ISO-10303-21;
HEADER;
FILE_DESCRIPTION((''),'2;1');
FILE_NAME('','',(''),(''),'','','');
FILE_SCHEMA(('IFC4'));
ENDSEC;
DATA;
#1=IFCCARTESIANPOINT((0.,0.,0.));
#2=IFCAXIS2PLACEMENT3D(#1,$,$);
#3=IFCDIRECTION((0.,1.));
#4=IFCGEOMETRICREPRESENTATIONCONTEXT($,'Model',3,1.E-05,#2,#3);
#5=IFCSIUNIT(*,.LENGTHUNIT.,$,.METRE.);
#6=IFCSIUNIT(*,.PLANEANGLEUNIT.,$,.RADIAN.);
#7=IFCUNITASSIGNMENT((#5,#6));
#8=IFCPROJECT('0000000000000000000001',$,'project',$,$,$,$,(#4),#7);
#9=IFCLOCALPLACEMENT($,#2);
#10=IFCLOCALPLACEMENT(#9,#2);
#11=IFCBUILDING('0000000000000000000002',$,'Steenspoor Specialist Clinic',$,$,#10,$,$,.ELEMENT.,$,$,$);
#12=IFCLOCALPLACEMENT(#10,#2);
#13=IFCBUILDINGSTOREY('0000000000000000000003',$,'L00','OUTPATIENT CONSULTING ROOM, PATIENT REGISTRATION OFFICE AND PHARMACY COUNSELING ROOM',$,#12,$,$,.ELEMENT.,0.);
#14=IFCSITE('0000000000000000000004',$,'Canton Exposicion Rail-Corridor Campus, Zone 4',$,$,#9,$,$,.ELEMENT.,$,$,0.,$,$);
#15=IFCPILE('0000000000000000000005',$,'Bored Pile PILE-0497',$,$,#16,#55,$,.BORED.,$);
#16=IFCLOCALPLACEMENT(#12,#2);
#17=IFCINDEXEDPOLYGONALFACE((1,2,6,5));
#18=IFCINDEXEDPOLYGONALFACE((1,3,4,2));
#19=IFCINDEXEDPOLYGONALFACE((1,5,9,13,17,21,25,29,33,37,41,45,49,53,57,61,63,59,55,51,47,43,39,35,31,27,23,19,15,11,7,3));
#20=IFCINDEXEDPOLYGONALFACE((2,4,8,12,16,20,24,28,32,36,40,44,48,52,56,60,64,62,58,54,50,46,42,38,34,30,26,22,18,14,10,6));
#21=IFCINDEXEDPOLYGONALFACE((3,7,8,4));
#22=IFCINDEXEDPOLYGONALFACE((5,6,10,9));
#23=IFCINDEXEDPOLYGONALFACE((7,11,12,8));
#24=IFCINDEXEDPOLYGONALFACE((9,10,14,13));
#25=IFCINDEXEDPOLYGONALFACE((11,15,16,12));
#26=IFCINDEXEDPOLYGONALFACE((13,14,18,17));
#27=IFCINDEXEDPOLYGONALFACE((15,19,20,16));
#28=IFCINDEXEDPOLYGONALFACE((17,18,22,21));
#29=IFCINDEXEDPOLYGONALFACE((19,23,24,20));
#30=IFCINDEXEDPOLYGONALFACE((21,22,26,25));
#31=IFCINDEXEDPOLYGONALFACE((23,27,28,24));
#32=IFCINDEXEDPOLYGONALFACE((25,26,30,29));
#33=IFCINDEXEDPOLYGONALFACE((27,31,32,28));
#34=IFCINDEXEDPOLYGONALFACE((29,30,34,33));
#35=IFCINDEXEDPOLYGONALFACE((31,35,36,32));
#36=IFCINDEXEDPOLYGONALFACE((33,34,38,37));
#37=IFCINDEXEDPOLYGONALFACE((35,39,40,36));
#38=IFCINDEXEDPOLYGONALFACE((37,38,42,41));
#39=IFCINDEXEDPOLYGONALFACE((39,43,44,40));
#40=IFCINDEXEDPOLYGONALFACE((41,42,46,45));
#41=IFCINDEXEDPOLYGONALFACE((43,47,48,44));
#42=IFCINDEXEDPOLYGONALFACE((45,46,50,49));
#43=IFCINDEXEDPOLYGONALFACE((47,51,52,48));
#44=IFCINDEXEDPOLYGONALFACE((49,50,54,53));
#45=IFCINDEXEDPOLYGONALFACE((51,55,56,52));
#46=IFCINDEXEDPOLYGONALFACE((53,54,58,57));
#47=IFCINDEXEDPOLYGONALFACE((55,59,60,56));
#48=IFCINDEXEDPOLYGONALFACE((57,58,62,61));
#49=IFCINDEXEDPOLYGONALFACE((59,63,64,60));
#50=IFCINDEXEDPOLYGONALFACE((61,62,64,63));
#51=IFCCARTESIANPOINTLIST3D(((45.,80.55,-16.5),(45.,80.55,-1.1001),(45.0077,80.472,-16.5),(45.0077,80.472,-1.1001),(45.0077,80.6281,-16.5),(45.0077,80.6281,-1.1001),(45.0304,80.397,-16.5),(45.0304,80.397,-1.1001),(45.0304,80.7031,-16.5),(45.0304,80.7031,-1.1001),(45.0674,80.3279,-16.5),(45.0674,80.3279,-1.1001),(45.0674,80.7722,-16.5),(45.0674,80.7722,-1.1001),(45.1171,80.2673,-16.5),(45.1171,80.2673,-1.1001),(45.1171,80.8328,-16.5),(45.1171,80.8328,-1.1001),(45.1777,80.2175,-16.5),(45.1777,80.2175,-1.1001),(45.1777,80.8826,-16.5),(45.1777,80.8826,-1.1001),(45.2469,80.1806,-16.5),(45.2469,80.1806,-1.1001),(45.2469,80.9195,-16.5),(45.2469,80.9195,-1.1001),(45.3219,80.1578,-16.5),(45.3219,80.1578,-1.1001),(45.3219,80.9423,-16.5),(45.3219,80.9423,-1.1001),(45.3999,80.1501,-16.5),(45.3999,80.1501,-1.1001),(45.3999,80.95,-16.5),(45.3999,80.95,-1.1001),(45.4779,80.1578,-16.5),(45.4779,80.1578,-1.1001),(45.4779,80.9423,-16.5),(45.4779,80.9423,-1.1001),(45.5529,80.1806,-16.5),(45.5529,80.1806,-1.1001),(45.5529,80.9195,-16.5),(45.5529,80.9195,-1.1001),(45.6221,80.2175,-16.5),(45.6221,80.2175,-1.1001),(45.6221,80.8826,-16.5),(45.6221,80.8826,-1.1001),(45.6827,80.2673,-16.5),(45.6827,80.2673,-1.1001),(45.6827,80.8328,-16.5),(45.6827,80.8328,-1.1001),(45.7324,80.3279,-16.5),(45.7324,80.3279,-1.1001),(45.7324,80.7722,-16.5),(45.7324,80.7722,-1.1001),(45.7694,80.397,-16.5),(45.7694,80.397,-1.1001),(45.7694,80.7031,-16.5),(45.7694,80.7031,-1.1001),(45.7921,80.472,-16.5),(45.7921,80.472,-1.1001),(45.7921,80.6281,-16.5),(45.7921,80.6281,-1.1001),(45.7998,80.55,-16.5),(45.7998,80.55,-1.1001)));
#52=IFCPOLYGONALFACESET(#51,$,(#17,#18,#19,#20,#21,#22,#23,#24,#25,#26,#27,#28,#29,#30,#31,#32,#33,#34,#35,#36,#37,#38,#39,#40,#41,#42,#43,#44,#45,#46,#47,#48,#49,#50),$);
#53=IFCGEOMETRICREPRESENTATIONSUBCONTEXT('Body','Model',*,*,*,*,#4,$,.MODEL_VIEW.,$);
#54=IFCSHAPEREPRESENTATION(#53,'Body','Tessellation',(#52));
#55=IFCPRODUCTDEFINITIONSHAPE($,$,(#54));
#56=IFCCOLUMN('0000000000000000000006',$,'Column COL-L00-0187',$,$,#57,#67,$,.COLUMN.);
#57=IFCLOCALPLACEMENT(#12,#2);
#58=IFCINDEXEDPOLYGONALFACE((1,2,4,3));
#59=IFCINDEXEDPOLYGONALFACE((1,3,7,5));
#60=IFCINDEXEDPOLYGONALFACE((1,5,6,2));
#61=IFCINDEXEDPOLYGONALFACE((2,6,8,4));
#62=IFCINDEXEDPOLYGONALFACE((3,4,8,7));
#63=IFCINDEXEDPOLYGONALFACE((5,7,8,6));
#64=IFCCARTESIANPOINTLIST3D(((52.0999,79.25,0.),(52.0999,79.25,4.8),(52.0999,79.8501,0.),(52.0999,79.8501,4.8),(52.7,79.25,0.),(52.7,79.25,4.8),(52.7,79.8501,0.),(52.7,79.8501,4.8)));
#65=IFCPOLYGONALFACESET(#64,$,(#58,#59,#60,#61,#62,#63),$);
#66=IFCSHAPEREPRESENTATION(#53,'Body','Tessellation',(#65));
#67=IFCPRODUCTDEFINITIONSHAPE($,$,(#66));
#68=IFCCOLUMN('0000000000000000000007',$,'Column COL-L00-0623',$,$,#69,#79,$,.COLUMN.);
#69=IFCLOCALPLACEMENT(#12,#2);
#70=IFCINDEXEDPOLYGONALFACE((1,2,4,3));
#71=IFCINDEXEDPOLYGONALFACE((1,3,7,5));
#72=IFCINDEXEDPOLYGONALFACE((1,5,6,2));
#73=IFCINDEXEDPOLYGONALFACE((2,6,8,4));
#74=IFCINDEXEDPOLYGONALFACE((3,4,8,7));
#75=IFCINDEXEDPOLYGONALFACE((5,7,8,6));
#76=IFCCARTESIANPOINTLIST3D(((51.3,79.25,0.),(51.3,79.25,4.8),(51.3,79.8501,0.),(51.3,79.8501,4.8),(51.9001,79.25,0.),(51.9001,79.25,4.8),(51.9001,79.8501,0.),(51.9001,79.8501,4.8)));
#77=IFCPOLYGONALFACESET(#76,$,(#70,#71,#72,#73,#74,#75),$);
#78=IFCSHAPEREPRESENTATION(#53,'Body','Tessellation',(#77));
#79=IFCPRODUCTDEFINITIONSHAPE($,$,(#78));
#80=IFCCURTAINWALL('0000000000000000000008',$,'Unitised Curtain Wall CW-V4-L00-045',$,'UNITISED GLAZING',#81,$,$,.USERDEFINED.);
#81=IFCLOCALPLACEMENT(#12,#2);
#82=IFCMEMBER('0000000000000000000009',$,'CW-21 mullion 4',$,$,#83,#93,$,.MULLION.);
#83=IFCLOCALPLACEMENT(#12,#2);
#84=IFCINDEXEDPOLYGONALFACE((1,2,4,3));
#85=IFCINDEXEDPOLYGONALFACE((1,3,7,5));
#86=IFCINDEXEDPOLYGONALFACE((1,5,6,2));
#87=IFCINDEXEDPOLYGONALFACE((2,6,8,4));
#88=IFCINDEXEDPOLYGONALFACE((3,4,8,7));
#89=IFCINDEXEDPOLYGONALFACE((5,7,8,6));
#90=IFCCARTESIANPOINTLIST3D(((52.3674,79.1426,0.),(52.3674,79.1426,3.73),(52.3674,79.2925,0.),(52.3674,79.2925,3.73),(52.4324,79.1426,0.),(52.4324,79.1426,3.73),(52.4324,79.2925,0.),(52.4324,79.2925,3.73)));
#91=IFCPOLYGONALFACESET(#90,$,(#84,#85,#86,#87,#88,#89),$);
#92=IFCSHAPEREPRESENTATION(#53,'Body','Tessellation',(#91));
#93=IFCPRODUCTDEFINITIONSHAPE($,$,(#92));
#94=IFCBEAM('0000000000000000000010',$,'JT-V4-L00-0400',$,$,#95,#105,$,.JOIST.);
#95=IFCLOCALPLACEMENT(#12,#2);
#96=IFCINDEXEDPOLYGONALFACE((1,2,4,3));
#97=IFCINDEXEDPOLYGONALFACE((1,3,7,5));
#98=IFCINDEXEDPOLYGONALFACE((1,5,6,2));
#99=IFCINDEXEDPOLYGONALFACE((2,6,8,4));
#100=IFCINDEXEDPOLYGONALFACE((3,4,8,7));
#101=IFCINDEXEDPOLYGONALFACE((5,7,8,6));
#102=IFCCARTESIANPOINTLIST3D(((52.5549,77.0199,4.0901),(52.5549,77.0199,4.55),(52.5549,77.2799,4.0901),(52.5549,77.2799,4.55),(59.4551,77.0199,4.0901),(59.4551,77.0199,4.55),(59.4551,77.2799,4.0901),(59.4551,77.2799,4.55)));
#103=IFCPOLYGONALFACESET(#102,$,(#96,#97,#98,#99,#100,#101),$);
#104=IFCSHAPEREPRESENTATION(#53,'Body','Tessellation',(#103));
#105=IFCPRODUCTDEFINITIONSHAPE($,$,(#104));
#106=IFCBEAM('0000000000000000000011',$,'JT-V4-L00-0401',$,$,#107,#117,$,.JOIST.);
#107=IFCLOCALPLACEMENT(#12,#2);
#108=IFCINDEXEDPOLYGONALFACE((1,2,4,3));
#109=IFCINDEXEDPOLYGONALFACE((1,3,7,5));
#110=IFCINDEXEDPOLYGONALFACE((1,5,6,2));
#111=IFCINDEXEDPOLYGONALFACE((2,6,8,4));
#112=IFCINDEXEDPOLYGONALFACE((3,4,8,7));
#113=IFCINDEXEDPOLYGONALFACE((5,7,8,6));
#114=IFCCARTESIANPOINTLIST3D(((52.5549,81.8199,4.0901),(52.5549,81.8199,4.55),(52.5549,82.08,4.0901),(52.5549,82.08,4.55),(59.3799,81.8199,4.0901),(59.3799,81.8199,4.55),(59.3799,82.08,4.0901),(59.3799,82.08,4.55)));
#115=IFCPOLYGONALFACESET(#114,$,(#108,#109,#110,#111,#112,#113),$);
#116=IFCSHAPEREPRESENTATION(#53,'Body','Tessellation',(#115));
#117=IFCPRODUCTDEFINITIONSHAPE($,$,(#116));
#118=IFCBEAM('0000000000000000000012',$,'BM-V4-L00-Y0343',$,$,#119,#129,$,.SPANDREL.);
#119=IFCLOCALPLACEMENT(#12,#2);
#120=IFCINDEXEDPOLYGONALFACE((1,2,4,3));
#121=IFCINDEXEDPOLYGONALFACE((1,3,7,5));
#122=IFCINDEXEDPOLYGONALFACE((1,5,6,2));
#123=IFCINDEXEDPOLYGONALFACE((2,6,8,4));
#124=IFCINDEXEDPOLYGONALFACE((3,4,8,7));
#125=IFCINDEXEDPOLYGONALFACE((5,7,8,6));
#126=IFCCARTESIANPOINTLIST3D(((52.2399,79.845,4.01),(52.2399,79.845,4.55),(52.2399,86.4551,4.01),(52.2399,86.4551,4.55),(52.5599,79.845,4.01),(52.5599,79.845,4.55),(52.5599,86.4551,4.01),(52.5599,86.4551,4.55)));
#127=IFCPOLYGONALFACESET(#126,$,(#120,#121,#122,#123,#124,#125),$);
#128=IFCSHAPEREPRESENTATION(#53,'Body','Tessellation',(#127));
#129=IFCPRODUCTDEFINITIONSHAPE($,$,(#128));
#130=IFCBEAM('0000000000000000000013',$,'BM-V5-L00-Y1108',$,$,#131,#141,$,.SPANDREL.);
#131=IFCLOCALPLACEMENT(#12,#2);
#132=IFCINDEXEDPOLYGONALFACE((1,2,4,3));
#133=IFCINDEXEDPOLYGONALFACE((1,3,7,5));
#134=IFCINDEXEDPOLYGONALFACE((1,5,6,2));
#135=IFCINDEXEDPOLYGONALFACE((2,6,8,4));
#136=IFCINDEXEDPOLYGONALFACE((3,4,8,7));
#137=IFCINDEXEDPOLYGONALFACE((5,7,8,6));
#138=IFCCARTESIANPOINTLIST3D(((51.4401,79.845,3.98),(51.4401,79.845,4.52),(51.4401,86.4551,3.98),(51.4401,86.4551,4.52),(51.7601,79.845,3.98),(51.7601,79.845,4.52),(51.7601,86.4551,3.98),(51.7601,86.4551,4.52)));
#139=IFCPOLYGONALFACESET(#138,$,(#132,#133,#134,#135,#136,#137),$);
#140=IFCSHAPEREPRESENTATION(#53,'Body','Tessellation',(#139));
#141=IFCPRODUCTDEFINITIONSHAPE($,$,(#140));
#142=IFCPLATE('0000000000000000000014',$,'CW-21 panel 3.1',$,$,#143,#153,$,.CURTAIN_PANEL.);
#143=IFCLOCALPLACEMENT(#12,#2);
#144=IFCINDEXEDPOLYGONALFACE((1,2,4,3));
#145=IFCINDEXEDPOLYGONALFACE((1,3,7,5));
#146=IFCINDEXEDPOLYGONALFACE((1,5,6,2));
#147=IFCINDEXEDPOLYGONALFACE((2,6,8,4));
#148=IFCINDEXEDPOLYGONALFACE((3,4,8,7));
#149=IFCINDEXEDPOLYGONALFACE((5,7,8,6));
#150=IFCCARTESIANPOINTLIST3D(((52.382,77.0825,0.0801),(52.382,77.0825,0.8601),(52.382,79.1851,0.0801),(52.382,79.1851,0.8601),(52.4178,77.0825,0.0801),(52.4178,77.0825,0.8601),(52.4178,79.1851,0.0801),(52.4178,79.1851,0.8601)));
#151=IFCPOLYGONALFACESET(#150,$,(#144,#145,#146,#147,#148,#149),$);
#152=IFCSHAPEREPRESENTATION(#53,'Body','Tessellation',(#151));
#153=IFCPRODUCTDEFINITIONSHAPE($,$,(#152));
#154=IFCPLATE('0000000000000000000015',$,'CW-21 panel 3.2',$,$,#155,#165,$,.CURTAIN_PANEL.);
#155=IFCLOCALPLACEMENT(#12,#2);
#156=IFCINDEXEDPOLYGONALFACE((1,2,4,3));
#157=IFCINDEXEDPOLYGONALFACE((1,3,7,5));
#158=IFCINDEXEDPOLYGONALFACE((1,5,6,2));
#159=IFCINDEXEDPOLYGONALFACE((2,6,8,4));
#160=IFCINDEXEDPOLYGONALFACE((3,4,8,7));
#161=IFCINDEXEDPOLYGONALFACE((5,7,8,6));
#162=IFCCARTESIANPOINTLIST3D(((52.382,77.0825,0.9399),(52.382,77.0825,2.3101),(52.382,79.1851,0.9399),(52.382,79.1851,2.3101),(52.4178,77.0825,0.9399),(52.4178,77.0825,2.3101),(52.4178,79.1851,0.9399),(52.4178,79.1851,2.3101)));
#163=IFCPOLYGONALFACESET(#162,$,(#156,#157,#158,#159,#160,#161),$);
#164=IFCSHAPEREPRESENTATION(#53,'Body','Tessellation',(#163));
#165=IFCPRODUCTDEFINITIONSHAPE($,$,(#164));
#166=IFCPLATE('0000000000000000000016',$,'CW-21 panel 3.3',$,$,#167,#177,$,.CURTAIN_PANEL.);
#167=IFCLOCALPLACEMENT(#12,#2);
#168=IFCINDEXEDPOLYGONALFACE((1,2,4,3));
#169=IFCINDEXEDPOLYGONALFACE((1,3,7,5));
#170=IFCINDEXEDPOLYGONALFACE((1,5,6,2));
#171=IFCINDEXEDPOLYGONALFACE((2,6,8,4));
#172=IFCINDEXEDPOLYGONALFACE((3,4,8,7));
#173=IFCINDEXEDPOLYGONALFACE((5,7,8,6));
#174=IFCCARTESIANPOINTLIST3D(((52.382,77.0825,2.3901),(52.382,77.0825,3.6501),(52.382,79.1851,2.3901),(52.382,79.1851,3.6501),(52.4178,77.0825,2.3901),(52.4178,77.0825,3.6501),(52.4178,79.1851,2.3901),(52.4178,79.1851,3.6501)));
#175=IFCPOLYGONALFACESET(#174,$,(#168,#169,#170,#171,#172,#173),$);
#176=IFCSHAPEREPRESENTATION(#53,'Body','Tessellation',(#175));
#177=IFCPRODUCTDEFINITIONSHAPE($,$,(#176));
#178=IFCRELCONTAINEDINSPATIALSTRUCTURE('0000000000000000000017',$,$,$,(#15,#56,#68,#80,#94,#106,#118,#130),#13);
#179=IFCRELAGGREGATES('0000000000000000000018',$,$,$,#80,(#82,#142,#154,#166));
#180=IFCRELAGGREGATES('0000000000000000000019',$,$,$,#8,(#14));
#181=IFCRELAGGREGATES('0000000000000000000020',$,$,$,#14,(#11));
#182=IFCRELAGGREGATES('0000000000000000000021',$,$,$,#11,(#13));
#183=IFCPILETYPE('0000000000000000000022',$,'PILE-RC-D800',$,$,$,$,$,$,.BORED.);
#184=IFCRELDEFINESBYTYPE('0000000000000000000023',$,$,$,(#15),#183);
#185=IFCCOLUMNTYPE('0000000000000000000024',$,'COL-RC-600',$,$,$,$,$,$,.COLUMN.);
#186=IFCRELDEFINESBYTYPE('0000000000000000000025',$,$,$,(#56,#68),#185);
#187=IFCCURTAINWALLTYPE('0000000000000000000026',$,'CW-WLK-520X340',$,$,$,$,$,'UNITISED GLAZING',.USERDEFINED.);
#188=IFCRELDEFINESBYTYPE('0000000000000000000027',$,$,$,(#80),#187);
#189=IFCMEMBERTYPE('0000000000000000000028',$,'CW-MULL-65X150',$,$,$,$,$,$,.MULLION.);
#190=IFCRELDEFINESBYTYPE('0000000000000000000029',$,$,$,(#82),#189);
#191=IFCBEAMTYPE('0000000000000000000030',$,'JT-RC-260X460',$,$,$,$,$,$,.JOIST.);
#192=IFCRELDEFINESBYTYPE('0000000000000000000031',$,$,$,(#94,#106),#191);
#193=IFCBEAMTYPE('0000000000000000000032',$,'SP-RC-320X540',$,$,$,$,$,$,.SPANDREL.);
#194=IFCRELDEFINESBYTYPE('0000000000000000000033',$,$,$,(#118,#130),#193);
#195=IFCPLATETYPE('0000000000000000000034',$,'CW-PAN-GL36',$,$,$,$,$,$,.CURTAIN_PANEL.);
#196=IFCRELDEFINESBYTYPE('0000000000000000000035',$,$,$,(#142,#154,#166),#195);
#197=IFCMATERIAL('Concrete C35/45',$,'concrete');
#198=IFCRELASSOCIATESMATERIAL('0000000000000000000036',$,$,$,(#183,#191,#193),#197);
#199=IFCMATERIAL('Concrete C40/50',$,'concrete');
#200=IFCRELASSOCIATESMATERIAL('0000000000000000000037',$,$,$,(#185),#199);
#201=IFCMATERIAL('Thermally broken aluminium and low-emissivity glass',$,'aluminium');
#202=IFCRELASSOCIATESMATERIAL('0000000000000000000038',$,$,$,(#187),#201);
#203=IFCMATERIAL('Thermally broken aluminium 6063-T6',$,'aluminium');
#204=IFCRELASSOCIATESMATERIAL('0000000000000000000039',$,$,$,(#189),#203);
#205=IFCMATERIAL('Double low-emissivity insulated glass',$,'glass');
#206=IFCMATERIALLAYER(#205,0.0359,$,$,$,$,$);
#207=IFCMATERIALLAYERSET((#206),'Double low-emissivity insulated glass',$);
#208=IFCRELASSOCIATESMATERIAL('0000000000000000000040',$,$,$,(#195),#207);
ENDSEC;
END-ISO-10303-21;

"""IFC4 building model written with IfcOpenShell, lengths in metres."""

from ifc_helpers import new_model, si_unit, direction, frame, origin, origin_2d, place, context, subcontext, project, spatial, rectangle, circle, extrude, material, layer, layer_set, material_profile, profile_set, type_object, element, aggregate, save


model = new_model("IFC4")

# Units and contexts
model_context = context("Model", 3, precision=1e-05, world=origin(), true_north=direction((0.0, 1.0)))
body_context = subcontext(model_context, "Body", "Model", "MODEL_VIEW")
ifc_project = project(units=[si_unit("LENGTHUNIT", "METRE"), si_unit("PLANEANGLEUNIT", "RADIAN")], contexts=[model_context])

# Site, building, storey
site_placement = place(None, origin())
site = spatial("IfcSite", under=ifc_project, at=site_placement, Name="Canton Exposicion Rail-Corridor Campus, Zone 4", CompositionType="ELEMENT", RefElevation=0.0)
building_placement = place(site_placement, origin())
building = spatial("IfcBuilding", under=site, at=building_placement, Name="Steenspoor Specialist Clinic", CompositionType="ELEMENT")
storey_placement = place(building_placement, origin())
storey = spatial("IfcBuildingStorey", under=building, at=storey_placement, Name="L00", Description="OUTPATIENT CONSULTING ROOM, PATIENT REGISTRATION OFFICE AND PHARMACY COUNSELING ROOM", CompositionType="ELEMENT", Elevation=0.0)

# Shared definitions
ifc_material_1 = material(Name="Concrete C35/45", Category="concrete")

# Pile
ifc_material_profile_1 = material_profile(ifc_material_1, circle(Radius=0.3999, at=origin_2d()), Name="PILE-D800")
ifc_profile_set_1 = profile_set([ifc_material_profile_1], Name="Concrete C35/45")
pile_type_1 = type_object("IfcPileType", Name="PILE-RC-D800", PredefinedType="BORED", material=ifc_profile_set_1)
for number, where, z_axis, x_axis, name in (
    (1, (45.3999, 80.55, -1.1001), (0.0, 0.0, -1.0), (1.0, 0.0, 0.0), "Bored Pile PILE-0497"),
):
    element("IfcPile", number, at=place(storey_placement, frame(where, z_axis=z_axis, x_axis=x_axis)), inside=storey, type_object=pile_type_1, Name=name, PredefinedType="BORED", context=body_context, shape_type="SweptSolid", body=[
        extrude(circle(Radius=0.3999, at=origin_2d()), origin(), (0.0, 0.0, 1.0), 15.3999),
    ])

# Columns
ifc_material_2 = material(Name="Concrete C40/50", Category="concrete")
ifc_material_profile_2 = material_profile(ifc_material_2, rectangle(XDim=0.6001, YDim=0.6001, at=origin_2d()), Name="RC-COL-600X600")
ifc_profile_set_2 = profile_set([ifc_material_profile_2], Name="Concrete C40/50")
column_type = type_object("IfcColumnType", Name="COL-RC-600", PredefinedType="COLUMN", material=ifc_profile_set_2)
for number, where, z_axis, x_axis, name in (
    (2, (52.3999, 79.55, 0.0), (0.0, 0.0, 1.0), (1.0, 0.0, 0.0), "Column COL-L00-0187"),
    (3, (51.6001, 79.55, 0.0), (0.0, 0.0, 1.0), (1.0, 0.0, 0.0), "Column COL-L00-0623"),
):
    element("IfcColumn", number, at=place(storey_placement, frame(where, z_axis=z_axis, x_axis=x_axis)), inside=storey, type_object=column_type, Name=name, PredefinedType="COLUMN", context=body_context, shape_type="SweptSolid", body=[
        extrude(rectangle(XDim=0.6001, YDim=0.6001, at=origin_2d()), origin(), (0.0, 0.0, 1.0), 4.8),
    ])

# Curtain wall, member
ifc_material_3 = material(Name="Thermally broken aluminium and low-emissivity glass", Category="aluminium")
curtain_wall_type = type_object("IfcCurtainWallType", Name="CW-WLK-520X340", ElementType="UNITISED GLAZING", PredefinedType="USERDEFINED", material=ifc_material_3)
curtain_wall_placement = place(storey_placement, origin())
curtain_wall = element("IfcCurtainWall", 4, at=curtain_wall_placement, inside=storey, type_object=curtain_wall_type, Name="Unitised Curtain Wall CW-V4-L00-045", ObjectType="UNITISED GLAZING", PredefinedType="USERDEFINED")
ifc_material_4 = material(Name="Thermally broken aluminium 6063-T6", Category="aluminium")
ifc_material_profile_3 = material_profile(ifc_material_4, rectangle(XDim=0.0649, YDim=0.1499, at=origin_2d()), Name="CWM-65X150")
ifc_profile_set_3 = profile_set([ifc_material_profile_3], Name="Thermally broken aluminium 6063-T6")
member_type = type_object("IfcMemberType", Name="CW-MULL-65X150", PredefinedType="MULLION", material=ifc_profile_set_3)
member_placement = place(storey_placement, frame((52.3999, 79.2175, 0.0), z_axis=(0.0, 0.0, 1.0), x_axis=(-1.0, 0.0, 0.0)))
member = element("IfcMember", 5, at=member_placement, type_object=member_type, Name="CW-21 mullion 4", PredefinedType="MULLION", context=body_context, shape_type="SweptSolid", body=[
    extrude(rectangle(XDim=0.0649, YDim=0.1499, at=origin_2d()), origin(), (0.0, 0.0, 1.0), 3.73),
])

# Beams
ifc_material_profile_4 = material_profile(ifc_material_1, rectangle(XDim=0.26, YDim=0.46, at=origin_2d()), Name="RC-JT-260X460")
ifc_profile_set_4 = profile_set([ifc_material_profile_4], Name="Concrete C35/45")
beam_type_1 = type_object("IfcBeamType", Name="JT-RC-260X460", PredefinedType="JOIST", material=ifc_profile_set_4)
beam_1_placement = place(storey_placement, frame((52.5549, 77.1499, 4.3201), z_axis=(1.0, 0.0, 0.0), x_axis=(0.0, 1.0, 0.0)))
element("IfcBeam", 6, at=beam_1_placement, inside=storey, type_object=beam_type_1, Name="JT-V4-L00-0400", PredefinedType="JOIST", context=body_context, shape_type="SweptSolid", body=[
    extrude(rectangle(XDim=0.26, YDim=0.46, at=origin_2d()), origin(), (0.0, 0.0, 1.0), 6.9001),
])
beam_2_placement = place(storey_placement, frame((52.5549, 81.95, 4.3201), z_axis=(1.0, 0.0, 0.0), x_axis=(0.0, 1.0, 0.0)))
element("IfcBeam", 7, at=beam_2_placement, inside=storey, type_object=beam_type_1, Name="JT-V4-L00-0401", PredefinedType="JOIST", context=body_context, shape_type="SweptSolid", body=[
    extrude(rectangle(XDim=0.26, YDim=0.46, at=origin_2d()), origin(), (0.0, 0.0, 1.0), 6.825),
])
ifc_material_profile_5 = material_profile(ifc_material_1, rectangle(XDim=0.3201, YDim=0.54, at=origin_2d()), Name="RC-SP-320X540")
ifc_profile_set_5 = profile_set([ifc_material_profile_5], Name="Concrete C35/45")
beam_type_2 = type_object("IfcBeamType", Name="SP-RC-320X540", PredefinedType="SPANDREL", material=ifc_profile_set_5)
for number, where, z_axis, x_axis, name in (
    (8, (52.3999, 79.845, 4.28), (0.0, 1.0, 0.0), (-1.0, 0.0, 0.0), "BM-V4-L00-Y0343"),
    (9, (51.6001, 79.845, 4.25), (0.0, 1.0, 0.0), (-1.0, 0.0, 0.0), "BM-V5-L00-Y1108"),
):
    element("IfcBeam", number, at=place(storey_placement, frame(where, z_axis=z_axis, x_axis=x_axis)), inside=storey, type_object=beam_type_2, Name=name, PredefinedType="SPANDREL", context=body_context, shape_type="SweptSolid", body=[
        extrude(rectangle(XDim=0.3201, YDim=0.54, at=origin_2d()), origin(), (0.0, 0.0, 1.0), 6.6101),
    ])

# Plates
ifc_material_5 = material(Name="Double low-emissivity insulated glass", Category="glass")
ifc_layer_1 = layer(ifc_material_5, 0.0359)
ifc_layer_set_1 = layer_set([ifc_layer_1], Name="Double low-emissivity insulated glass")
plate_type = type_object("IfcPlateType", Name="CW-PAN-GL36", PredefinedType="CURTAIN_PANEL", material=ifc_layer_set_1)
plate_1_placement = place(storey_placement, frame((52.3999, 78.1338, 0.0801), z_axis=(0.0, 0.0, 1.0), x_axis=(0.0, 1.0, 0.0)))
plate_1 = element("IfcPlate", 10, at=plate_1_placement, type_object=plate_type, Name="CW-21 panel 3.1", PredefinedType="CURTAIN_PANEL", context=body_context, shape_type="SweptSolid", body=[
    extrude(rectangle(XDim=2.1025, YDim=0.0359, at=origin_2d()), origin(), (0.0, 0.0, 1.0), 0.78),
])
plate_2_placement = place(storey_placement, frame((52.3999, 78.1338, 0.9399), z_axis=(0.0, 0.0, 1.0), x_axis=(0.0, 1.0, 0.0)))
plate_2 = element("IfcPlate", 11, at=plate_2_placement, type_object=plate_type, Name="CW-21 panel 3.2", PredefinedType="CURTAIN_PANEL", context=body_context, shape_type="SweptSolid", body=[
    extrude(rectangle(XDim=2.1025, YDim=0.0359, at=origin_2d()), origin(), (0.0, 0.0, 1.0), 1.3701),
])
plate_3_placement = place(storey_placement, frame((52.3999, 78.1338, 2.3901), z_axis=(0.0, 0.0, 1.0), x_axis=(0.0, 1.0, 0.0)))
plate_3 = element("IfcPlate", 12, at=plate_3_placement, type_object=plate_type, Name="CW-21 panel 3.3", PredefinedType="CURTAIN_PANEL", context=body_context, shape_type="SweptSolid", body=[
    extrude(rectangle(XDim=2.1025, YDim=0.0359, at=origin_2d()), origin(), (0.0, 0.0, 1.0), 1.26),
])
aggregate(curtain_wall, [member, plate_1, plate_2, plate_3])

save(model, "model.ifc")
